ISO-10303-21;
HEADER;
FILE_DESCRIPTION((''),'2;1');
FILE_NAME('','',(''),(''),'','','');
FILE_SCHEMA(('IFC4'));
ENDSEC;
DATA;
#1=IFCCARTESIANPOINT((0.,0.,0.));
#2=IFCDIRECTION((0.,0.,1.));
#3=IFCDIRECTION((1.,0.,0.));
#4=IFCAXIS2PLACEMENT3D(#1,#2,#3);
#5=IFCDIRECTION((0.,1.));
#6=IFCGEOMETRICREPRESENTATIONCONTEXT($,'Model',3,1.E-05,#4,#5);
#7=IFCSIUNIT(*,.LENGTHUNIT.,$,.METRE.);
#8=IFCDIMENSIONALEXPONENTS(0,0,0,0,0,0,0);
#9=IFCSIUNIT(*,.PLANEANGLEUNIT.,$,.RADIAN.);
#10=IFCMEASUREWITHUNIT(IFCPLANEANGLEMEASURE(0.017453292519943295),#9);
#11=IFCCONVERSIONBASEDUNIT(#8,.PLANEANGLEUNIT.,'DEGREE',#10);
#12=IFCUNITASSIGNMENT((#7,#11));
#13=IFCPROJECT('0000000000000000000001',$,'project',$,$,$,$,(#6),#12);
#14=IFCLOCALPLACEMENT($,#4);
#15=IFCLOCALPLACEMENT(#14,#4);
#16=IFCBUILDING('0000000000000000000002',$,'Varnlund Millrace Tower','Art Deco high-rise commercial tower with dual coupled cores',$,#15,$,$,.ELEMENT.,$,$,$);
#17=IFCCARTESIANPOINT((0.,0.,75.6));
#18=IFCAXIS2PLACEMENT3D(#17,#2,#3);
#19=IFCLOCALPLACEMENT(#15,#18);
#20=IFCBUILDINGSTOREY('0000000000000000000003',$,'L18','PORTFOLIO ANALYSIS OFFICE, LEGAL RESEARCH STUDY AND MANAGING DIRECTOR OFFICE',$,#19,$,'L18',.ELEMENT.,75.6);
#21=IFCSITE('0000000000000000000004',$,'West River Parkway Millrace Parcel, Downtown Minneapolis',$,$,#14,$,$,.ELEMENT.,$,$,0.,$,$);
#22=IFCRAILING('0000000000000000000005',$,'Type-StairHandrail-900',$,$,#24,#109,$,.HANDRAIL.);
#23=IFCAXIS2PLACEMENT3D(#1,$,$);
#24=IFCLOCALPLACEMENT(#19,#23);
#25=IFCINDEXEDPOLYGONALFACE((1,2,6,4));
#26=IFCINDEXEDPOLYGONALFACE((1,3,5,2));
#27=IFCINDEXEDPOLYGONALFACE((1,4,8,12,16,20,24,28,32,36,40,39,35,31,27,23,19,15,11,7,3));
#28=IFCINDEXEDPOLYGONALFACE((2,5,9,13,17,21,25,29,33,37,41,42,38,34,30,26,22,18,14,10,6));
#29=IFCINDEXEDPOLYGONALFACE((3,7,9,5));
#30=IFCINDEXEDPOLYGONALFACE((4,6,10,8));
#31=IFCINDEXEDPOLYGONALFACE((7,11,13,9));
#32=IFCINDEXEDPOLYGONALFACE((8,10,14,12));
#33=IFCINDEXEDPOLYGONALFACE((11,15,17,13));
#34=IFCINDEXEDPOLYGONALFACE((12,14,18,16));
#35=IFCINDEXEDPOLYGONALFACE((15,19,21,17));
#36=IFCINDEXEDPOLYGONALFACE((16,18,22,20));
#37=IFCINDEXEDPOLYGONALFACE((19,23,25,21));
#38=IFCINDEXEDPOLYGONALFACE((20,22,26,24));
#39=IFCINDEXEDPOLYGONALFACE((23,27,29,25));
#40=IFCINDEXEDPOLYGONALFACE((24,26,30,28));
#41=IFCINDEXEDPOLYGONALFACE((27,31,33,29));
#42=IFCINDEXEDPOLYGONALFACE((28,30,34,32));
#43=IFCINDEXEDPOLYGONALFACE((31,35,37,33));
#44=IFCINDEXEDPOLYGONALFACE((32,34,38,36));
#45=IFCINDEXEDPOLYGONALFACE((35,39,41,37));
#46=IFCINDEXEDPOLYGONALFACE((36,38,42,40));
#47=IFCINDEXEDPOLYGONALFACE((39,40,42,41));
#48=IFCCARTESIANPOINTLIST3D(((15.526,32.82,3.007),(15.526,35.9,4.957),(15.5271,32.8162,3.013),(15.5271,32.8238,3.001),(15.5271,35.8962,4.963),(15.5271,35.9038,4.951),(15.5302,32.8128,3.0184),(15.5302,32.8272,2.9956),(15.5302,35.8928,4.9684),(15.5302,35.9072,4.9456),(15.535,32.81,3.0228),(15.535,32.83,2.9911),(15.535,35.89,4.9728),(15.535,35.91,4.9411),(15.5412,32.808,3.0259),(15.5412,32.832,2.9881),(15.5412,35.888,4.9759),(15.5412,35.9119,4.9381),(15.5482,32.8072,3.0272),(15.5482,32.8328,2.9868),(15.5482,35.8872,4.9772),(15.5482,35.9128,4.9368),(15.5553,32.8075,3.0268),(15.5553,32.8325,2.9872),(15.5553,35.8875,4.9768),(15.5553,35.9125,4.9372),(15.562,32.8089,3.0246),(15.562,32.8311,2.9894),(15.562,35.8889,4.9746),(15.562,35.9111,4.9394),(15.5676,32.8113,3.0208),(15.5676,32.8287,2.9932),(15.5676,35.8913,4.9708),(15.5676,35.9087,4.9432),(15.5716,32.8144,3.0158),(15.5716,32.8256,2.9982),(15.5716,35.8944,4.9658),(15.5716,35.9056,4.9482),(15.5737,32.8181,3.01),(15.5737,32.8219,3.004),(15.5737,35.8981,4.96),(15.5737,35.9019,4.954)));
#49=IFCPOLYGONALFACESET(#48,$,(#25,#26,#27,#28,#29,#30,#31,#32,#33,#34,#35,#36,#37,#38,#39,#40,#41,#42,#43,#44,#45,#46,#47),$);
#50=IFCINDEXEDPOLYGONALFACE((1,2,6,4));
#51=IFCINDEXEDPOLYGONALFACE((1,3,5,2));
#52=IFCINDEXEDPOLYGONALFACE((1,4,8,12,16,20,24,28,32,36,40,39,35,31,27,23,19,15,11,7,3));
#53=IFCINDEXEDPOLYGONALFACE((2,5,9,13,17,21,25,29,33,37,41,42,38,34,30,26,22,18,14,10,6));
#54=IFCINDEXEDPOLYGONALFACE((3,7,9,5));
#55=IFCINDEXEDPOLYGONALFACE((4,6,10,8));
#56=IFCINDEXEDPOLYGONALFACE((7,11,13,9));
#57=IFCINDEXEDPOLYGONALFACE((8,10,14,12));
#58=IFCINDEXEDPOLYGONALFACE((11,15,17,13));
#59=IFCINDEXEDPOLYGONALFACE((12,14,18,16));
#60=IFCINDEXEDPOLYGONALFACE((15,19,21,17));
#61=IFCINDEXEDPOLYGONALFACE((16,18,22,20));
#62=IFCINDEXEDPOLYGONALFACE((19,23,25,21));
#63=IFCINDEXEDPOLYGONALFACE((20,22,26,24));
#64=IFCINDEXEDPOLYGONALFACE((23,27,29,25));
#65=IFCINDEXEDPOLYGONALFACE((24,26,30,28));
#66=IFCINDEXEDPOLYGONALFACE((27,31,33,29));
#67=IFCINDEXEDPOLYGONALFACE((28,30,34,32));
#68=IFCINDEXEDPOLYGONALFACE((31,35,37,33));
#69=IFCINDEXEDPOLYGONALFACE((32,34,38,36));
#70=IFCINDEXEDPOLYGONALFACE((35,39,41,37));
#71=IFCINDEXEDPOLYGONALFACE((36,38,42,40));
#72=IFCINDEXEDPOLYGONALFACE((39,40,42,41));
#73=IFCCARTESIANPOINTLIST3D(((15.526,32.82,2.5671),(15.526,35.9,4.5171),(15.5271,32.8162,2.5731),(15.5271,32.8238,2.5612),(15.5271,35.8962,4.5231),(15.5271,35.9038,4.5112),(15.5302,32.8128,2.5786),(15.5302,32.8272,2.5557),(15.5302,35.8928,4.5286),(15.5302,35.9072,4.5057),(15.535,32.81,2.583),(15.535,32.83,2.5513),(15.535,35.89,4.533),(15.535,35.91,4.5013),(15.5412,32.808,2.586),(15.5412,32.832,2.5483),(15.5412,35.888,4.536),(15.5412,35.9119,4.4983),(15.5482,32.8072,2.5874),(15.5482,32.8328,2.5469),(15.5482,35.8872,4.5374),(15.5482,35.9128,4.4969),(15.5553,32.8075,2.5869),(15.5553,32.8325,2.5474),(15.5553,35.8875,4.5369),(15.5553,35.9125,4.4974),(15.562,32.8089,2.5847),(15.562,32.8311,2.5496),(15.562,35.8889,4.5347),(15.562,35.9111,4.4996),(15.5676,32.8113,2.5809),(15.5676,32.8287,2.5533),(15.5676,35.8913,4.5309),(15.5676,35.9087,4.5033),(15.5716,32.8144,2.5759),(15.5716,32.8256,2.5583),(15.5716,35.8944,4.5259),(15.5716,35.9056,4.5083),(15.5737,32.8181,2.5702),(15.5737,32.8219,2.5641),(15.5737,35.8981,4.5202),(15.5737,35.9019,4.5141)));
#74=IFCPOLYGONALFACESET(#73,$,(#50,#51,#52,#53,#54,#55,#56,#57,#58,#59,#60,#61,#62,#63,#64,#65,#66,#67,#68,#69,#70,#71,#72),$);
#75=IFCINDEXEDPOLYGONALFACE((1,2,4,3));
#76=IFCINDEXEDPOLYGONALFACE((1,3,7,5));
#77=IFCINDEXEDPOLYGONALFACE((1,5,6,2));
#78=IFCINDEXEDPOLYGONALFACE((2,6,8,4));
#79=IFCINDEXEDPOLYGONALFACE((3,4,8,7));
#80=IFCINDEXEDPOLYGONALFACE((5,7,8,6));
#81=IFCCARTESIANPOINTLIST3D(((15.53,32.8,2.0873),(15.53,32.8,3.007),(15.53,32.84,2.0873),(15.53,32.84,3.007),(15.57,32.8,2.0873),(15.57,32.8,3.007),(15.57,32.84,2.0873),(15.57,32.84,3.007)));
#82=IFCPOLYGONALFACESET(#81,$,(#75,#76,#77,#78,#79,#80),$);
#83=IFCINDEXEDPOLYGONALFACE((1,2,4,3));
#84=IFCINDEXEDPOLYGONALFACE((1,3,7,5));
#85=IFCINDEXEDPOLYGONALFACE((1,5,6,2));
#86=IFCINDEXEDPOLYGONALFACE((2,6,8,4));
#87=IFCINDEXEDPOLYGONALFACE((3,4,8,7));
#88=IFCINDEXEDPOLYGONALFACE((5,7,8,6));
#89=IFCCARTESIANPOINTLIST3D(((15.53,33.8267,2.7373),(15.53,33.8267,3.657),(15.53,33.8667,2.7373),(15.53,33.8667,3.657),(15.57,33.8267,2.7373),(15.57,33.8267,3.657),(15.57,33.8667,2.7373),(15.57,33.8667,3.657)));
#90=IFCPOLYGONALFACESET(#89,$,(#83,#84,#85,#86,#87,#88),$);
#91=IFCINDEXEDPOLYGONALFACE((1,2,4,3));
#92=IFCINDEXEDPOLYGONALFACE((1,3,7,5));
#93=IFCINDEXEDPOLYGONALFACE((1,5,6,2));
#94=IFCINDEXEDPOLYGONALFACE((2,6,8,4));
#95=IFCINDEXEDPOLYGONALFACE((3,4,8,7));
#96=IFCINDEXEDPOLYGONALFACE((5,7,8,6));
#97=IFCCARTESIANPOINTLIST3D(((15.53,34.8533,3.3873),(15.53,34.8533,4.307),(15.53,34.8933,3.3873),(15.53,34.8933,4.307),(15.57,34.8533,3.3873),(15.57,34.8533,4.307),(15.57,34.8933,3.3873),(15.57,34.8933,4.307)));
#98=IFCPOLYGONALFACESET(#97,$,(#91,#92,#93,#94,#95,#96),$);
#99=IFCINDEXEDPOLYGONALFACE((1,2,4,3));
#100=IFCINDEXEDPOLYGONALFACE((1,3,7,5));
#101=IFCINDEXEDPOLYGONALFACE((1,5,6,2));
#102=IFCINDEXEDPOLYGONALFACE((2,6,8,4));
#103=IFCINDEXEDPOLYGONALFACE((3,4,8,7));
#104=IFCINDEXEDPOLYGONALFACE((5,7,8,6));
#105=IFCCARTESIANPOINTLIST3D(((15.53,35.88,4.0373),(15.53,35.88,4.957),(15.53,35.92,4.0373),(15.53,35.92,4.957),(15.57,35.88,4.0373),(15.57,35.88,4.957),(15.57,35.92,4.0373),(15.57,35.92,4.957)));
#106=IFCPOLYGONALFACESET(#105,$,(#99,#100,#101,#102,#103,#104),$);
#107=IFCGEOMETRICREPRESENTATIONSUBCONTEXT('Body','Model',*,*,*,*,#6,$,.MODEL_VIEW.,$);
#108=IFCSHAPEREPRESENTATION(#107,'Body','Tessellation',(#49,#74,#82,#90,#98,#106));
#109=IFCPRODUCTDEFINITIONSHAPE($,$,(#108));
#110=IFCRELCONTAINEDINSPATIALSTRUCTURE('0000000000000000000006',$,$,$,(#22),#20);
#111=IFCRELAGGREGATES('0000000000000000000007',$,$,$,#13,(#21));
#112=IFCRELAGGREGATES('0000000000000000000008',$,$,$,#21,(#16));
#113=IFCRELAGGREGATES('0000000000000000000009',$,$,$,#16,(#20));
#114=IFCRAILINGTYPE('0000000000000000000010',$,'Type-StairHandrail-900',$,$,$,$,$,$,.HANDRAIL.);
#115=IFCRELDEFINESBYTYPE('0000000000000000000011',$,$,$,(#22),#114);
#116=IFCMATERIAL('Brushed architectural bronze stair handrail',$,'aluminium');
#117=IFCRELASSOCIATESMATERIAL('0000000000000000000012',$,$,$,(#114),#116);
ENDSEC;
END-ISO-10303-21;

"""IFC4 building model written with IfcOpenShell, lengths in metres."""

from ifc_helpers import new_model, entity, si_unit, converted_unit, direction, frame, origin_with_axes, origin_2d_with_axis, place, context, subcontext, project, spatial, rectangle, circle, extrude, material, type_object, element, save


model = new_model("IFC4")

# Units and contexts
model_context = context("Model", 3, precision=1e-05, world=origin_with_axes(), true_north=direction((0.0, 1.0)))
body_context = subcontext(model_context, "Body", "Model", "MODEL_VIEW")
ifc_project = project(units=[si_unit("LENGTHUNIT", "METRE"), converted_unit("PLANEANGLEUNIT", "DEGREE", entity("IfcPlaneAngleMeasure", 0.017453292519943295), si_unit("PLANEANGLEUNIT", "RADIAN"), dimensions=[0, 0, 0, 0, 0, 0, 0])], contexts=[model_context])

# Site, building, storey
site_placement = place(None, origin_with_axes())
site = spatial("IfcSite", under=ifc_project, at=site_placement, Name="West River Parkway Millrace Parcel, Downtown Minneapolis", CompositionType="ELEMENT", RefElevation=0.0)
building_placement = place(site_placement, origin_with_axes())
building = spatial("IfcBuilding", under=site, at=building_placement, Name="Varnlund Millrace Tower", Description="Art Deco high-rise commercial tower with dual coupled cores", CompositionType="ELEMENT")
storey_placement = place(building_placement, frame((0.0, 0.0, 75.6), z_axis=(0.0, 0.0, 1.0), x_axis=(1.0, 0.0, 0.0)))
storey = spatial("IfcBuildingStorey", under=building, at=storey_placement, Name="L18", Description="PORTFOLIO ANALYSIS OFFICE, LEGAL RESEARCH STUDY AND MANAGING DIRECTOR OFFICE", LongName="L18", CompositionType="ELEMENT", Elevation=75.6)

# Railing
ifc_material_1 = material(Name="Brushed architectural bronze stair handrail", Category="aluminium")
railing_type_1 = type_object("IfcRailingType", Name="Type-StairHandrail-900", PredefinedType="HANDRAIL", material=ifc_material_1)
railing_1_placement = place(storey_placement, frame((0.0, 0.0, -75.6), z_axis=(0.0, 0.0, 1.0), x_axis=(1.0, 0.0, 0.0)))
element("IfcRailing", 1, at=railing_1_placement, inside=storey, type_object=railing_type_1, Name="Type-StairHandrail-900", PredefinedType="HANDRAIL", context=body_context, shape_type="SweptSolid", body=[
    extrude(circle(Radius=0.024, at=origin_2d_with_axis()), frame((15.55, 32.82, 78.607), z_axis=(0.0, 0.844902, 0.534922), x_axis=(-1.0, 0.0, 0.0)), (0.0, 0.0, 1.0), 3.6454),
    extrude(circle(Radius=0.024, at=origin_2d_with_axis()), frame((15.55, 32.82, 78.1671), z_axis=(0.0, 0.844902, 0.534922), x_axis=(-1.0, 0.0, 0.0)), (0.0, 0.0, 1.0), 3.6454),
    extrude(rectangle(XDim=0.04, YDim=0.04, at=origin_2d_with_axis()), frame((15.55, 32.82, 77.6873), z_axis=(0.0, 0.0, 1.0), x_axis=(1.0, 0.0, 0.0)), (0.0, 0.0, 1.0), 0.9197),
    extrude(rectangle(XDim=0.04, YDim=0.04, at=origin_2d_with_axis()), frame((15.55, 33.8467, 78.3373), z_axis=(0.0, 0.0, 1.0), x_axis=(1.0, 0.0, 0.0)), (0.0, 0.0, 1.0), 0.9197),
    extrude(rectangle(XDim=0.04, YDim=0.04, at=origin_2d_with_axis()), frame((15.55, 34.8733, 78.9873), z_axis=(0.0, 0.0, 1.0), x_axis=(1.0, 0.0, 0.0)), (0.0, 0.0, 1.0), 0.9197),
    extrude(rectangle(XDim=0.04, YDim=0.04, at=origin_2d_with_axis()), frame((15.55, 35.9, 79.6373), z_axis=(0.0, 0.0, 1.0), x_axis=(1.0, 0.0, 0.0)), (0.0, 0.0, 1.0), 0.9197),
])

save(model, "model.ifc")
